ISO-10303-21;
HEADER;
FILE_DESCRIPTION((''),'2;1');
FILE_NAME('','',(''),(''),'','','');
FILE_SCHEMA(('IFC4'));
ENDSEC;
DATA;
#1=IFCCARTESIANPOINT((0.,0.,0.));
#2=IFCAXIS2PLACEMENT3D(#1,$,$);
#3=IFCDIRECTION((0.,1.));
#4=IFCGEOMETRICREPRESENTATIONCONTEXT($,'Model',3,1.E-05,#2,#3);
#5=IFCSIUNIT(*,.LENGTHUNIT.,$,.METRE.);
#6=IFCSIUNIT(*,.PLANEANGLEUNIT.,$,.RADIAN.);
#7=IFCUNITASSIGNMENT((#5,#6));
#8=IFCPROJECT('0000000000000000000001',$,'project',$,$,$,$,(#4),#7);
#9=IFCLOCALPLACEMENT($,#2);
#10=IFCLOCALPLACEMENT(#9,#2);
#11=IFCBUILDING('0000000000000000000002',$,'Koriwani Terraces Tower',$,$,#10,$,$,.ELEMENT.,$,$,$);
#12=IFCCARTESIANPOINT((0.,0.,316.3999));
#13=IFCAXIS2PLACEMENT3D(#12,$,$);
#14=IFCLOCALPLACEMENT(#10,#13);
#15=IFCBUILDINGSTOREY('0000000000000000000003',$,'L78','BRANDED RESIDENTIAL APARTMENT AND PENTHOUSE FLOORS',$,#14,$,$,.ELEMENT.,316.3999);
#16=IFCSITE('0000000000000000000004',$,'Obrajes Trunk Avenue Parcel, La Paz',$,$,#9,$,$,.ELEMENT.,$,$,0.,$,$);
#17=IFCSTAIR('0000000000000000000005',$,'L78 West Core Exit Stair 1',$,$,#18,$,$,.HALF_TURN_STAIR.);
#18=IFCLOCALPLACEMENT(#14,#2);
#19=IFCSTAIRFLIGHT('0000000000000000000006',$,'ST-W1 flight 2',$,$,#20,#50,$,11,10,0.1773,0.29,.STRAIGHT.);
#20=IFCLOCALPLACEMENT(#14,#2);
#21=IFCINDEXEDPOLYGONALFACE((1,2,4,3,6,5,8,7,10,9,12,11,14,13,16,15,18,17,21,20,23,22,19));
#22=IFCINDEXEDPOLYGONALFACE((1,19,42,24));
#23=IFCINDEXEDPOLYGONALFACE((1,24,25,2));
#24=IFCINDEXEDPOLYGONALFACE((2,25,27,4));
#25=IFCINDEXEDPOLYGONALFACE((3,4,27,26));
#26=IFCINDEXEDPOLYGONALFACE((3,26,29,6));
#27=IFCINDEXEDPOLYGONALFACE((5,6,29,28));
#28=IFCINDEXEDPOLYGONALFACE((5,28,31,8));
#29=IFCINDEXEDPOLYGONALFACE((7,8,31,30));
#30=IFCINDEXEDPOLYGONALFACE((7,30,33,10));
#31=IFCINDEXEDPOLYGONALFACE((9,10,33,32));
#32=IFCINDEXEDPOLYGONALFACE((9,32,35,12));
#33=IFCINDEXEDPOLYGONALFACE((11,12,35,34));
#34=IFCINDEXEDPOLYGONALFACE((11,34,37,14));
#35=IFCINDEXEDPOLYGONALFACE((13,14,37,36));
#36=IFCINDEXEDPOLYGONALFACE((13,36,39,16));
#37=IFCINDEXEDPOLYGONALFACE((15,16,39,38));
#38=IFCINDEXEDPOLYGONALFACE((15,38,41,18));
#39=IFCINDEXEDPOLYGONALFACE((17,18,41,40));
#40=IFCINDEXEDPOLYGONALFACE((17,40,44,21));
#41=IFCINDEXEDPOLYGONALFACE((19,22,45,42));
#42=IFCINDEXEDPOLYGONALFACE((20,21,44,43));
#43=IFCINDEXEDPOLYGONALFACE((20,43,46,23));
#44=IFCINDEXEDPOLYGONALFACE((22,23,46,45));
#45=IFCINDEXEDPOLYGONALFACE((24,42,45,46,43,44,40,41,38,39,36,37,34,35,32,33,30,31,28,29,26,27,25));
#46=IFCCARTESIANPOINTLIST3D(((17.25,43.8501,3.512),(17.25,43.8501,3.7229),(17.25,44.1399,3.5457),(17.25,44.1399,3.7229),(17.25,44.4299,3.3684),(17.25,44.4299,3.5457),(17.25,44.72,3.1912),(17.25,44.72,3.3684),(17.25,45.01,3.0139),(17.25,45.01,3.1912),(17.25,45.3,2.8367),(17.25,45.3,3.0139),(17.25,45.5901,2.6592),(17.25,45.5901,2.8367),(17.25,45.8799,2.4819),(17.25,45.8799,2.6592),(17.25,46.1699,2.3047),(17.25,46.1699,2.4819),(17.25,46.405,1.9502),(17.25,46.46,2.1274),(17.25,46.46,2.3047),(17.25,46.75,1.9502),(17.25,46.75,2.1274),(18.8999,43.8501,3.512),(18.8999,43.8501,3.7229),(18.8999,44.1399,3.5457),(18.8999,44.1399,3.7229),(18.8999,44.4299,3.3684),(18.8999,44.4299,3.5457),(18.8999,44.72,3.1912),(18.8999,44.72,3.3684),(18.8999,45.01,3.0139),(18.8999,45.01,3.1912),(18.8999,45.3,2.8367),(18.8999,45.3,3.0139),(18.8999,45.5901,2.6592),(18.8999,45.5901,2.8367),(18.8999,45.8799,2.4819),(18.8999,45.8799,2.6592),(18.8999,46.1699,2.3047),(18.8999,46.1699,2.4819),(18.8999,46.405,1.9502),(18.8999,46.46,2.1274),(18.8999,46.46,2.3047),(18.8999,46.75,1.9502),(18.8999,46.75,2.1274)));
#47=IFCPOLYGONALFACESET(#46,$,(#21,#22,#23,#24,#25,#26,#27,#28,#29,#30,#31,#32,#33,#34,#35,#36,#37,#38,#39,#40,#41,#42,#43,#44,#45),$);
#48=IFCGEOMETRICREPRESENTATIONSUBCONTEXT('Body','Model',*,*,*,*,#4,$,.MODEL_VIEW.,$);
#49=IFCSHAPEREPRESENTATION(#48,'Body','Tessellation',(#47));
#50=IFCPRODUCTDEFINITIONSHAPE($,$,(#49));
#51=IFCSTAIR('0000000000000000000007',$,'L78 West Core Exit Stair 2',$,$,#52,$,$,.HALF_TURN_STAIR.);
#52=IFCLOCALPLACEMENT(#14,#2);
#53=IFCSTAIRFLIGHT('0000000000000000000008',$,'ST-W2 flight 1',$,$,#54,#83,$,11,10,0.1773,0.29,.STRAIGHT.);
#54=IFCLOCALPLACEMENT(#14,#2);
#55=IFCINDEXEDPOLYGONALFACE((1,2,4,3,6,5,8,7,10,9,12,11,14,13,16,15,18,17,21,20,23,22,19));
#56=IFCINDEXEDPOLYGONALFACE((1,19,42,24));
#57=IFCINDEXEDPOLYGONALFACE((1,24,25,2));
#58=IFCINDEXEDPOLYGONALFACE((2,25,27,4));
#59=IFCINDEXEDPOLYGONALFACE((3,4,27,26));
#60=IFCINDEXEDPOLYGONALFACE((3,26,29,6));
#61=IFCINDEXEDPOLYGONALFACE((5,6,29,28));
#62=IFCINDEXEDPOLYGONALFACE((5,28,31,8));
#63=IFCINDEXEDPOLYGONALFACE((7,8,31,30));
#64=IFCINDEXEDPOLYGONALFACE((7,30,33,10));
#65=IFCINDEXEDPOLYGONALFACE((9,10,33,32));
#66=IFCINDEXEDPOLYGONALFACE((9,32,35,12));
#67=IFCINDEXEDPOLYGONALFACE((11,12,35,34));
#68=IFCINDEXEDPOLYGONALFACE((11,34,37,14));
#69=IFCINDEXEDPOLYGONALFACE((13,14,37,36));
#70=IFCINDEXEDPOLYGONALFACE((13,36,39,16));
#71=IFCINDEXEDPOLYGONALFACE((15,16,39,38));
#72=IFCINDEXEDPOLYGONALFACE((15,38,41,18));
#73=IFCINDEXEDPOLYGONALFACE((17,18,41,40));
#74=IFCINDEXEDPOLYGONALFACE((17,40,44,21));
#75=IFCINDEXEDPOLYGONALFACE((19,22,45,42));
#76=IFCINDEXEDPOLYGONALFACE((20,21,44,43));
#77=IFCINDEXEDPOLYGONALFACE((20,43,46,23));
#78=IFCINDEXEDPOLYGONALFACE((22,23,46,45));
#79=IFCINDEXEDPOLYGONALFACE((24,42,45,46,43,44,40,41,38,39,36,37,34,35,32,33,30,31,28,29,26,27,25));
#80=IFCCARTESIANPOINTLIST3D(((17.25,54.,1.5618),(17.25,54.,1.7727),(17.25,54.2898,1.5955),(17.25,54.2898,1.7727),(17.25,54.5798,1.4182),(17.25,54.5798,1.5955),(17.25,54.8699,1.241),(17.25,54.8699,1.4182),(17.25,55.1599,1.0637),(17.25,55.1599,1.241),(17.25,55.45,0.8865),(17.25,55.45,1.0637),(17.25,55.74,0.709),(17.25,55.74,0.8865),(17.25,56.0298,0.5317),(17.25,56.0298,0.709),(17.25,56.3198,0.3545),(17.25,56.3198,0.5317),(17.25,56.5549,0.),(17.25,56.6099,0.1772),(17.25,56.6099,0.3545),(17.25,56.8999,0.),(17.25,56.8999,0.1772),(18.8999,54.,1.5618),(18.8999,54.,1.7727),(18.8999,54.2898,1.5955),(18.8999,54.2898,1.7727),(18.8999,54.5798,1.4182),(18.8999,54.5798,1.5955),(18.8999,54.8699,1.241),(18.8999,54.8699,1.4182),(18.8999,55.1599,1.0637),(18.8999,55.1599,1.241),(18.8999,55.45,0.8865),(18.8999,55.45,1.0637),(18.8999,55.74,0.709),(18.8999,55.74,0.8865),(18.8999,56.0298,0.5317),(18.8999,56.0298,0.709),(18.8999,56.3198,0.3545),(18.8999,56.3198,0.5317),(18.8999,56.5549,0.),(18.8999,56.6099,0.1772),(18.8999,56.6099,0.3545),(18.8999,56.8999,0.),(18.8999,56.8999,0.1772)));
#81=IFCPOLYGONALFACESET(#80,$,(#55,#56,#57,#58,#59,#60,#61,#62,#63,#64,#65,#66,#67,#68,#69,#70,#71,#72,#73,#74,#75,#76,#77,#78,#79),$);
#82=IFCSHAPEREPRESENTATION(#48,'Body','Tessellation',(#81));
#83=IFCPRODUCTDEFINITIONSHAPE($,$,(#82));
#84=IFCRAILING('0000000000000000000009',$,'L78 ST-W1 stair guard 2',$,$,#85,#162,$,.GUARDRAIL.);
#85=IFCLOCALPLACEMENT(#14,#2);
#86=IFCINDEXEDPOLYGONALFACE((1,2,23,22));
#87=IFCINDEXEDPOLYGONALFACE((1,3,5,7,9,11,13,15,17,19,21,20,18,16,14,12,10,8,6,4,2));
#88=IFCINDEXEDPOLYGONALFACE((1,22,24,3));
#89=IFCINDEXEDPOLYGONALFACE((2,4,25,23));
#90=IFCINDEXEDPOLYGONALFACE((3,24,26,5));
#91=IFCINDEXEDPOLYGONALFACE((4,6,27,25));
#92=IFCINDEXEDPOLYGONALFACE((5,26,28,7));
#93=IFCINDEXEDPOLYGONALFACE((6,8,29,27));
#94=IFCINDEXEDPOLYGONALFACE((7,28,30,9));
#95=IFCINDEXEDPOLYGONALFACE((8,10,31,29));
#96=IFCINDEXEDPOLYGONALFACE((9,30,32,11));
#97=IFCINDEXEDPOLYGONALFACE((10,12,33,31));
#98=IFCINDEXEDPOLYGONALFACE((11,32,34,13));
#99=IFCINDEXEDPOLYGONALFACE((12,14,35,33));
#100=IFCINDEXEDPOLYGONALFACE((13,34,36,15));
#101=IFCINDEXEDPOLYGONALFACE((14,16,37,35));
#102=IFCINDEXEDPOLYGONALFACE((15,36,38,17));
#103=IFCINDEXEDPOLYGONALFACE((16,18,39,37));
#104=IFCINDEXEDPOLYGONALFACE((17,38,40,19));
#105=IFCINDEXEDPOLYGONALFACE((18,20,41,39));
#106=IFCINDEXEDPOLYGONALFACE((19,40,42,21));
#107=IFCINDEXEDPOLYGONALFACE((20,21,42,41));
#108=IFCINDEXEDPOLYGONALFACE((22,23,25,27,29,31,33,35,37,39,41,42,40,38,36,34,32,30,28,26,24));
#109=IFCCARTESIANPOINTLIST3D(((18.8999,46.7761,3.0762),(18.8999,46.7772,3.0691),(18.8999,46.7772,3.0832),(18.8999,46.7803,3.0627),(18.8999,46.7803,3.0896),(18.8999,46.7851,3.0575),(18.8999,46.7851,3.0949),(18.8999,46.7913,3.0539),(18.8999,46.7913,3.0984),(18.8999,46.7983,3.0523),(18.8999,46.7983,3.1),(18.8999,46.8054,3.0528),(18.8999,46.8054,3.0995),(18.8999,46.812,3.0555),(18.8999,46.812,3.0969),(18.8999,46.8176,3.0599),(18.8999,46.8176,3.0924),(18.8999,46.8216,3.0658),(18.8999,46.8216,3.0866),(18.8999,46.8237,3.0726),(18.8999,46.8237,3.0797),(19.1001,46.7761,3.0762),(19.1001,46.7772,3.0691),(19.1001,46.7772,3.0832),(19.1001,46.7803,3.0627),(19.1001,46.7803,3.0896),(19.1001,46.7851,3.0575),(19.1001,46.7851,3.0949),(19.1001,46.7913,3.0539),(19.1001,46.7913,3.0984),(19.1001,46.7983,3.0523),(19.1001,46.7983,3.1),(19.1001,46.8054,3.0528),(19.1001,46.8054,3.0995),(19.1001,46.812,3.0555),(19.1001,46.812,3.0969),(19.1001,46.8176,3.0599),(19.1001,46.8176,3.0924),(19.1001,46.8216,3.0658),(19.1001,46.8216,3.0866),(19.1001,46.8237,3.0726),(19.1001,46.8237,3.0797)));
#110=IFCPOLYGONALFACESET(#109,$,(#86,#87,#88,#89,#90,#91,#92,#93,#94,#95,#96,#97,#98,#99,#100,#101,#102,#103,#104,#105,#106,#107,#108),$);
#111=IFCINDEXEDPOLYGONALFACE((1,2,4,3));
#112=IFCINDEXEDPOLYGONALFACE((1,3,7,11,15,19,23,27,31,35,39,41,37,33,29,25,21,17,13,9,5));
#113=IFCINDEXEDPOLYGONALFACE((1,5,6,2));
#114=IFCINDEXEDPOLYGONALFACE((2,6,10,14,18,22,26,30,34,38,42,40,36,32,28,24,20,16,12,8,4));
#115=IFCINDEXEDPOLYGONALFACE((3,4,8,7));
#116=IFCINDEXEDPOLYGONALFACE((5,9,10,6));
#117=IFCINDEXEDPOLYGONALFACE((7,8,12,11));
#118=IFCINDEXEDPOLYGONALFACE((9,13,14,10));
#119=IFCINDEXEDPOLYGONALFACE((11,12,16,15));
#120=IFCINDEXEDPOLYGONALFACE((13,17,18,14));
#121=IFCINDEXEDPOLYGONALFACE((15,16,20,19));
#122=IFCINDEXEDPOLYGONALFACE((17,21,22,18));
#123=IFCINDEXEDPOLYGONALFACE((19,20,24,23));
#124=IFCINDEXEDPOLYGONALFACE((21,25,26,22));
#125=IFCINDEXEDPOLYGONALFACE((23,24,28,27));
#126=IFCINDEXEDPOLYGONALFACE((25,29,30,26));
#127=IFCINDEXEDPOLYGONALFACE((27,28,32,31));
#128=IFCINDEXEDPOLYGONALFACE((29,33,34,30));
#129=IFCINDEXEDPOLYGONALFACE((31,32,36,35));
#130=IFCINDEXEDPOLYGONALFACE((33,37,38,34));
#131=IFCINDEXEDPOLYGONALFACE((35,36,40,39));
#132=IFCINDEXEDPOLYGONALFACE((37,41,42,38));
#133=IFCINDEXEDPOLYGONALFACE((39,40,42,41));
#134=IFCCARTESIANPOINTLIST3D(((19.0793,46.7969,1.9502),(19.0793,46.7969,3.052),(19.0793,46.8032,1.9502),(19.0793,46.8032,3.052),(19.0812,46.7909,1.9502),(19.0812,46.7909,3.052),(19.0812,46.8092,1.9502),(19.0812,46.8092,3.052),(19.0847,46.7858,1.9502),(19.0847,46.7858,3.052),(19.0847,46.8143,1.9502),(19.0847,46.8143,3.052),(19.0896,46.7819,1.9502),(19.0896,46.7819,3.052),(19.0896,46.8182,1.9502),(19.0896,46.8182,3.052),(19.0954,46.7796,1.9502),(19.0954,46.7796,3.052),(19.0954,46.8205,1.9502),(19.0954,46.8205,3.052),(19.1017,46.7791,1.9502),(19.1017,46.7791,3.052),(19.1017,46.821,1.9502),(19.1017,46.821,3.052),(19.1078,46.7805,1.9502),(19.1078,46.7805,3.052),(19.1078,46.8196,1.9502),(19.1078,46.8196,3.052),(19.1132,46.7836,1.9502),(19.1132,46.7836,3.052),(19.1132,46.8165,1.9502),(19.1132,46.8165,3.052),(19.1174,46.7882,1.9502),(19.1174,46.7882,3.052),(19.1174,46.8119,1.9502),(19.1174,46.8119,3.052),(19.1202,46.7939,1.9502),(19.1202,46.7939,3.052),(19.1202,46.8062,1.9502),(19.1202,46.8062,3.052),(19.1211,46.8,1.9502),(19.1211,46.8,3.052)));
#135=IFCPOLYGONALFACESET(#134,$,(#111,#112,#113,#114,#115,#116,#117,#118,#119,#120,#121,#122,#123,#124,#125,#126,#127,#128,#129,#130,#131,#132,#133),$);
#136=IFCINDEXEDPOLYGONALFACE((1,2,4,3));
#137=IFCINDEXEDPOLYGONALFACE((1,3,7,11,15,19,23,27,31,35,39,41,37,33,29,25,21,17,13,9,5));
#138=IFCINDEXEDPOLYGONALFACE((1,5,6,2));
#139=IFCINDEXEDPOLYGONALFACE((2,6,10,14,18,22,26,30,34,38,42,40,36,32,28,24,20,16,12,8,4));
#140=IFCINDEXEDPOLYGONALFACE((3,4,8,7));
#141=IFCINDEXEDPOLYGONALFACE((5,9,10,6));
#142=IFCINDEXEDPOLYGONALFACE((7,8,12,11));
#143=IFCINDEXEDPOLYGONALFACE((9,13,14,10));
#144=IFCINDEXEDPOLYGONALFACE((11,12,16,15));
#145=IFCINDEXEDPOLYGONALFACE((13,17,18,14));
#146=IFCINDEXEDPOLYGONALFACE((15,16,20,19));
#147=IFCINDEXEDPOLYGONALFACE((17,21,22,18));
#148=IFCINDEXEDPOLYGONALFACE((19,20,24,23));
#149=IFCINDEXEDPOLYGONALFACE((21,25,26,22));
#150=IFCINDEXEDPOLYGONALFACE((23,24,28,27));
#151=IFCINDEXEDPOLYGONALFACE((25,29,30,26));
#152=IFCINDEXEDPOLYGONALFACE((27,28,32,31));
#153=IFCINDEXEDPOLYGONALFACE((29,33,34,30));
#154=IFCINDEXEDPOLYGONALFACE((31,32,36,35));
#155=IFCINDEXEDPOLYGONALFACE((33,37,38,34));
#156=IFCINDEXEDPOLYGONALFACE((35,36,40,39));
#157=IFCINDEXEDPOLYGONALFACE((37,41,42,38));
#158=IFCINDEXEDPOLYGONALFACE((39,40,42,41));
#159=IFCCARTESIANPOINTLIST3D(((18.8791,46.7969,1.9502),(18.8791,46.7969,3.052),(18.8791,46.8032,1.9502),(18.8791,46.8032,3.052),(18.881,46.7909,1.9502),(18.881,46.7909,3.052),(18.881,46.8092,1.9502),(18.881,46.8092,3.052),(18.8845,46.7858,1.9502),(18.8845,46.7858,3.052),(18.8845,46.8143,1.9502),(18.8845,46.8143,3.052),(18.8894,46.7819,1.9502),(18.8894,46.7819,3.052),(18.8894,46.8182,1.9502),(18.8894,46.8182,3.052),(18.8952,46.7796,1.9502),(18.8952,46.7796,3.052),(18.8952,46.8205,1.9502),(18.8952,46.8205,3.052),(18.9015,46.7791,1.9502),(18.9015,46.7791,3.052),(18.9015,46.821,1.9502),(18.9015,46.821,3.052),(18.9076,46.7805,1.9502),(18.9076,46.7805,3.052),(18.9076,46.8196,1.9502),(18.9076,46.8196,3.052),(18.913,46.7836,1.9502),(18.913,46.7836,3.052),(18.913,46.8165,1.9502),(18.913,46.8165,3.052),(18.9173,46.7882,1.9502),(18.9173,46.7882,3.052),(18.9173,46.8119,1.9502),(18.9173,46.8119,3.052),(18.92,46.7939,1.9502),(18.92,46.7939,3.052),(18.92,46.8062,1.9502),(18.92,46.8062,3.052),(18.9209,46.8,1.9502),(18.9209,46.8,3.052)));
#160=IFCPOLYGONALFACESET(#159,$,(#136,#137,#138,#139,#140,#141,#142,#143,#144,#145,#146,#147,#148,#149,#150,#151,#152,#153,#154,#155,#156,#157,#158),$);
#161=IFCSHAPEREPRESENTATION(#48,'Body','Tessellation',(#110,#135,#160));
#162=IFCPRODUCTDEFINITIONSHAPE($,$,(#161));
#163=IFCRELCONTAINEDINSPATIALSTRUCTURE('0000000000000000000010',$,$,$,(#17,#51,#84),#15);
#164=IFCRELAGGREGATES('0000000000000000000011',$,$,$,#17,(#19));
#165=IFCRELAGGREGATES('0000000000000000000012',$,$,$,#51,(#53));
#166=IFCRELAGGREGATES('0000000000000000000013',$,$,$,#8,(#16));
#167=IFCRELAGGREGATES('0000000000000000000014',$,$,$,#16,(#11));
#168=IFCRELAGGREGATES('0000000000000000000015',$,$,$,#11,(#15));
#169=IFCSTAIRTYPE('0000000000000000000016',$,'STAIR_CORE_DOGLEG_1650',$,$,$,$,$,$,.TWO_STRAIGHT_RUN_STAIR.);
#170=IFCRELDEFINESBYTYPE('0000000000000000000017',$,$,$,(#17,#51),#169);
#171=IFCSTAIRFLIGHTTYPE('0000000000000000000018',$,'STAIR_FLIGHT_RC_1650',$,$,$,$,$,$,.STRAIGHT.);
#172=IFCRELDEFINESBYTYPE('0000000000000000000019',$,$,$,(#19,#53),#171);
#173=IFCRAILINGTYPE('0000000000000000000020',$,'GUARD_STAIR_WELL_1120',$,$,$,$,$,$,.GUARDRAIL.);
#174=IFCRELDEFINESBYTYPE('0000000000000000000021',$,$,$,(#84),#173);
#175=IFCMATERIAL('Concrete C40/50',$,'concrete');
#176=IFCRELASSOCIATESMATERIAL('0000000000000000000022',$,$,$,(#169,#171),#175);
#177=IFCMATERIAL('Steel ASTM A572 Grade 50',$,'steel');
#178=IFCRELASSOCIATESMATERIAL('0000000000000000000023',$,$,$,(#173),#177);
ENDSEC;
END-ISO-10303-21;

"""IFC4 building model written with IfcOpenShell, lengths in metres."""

from ifc_helpers import new_model, si_unit, direction, frame, origin, origin_2d, place, context, subcontext, project, spatial, polyline, circle, outline, extrude, material, type_object, element, aggregate, save


model = new_model("IFC4")

# Units and contexts
model_context = context("Model", 3, precision=1e-05, world=origin(), true_north=direction((0.0, 1.0)))
body_context = subcontext(model_context, "Body", "Model", "MODEL_VIEW")
ifc_project = project(units=[si_unit("LENGTHUNIT", "METRE"), si_unit("PLANEANGLEUNIT", "RADIAN")], contexts=[model_context])

# Site, building, storey
site_placement = place(None, origin())
site = spatial("IfcSite", under=ifc_project, at=site_placement, Name="Obrajes Trunk Avenue Parcel, La Paz", CompositionType="ELEMENT", RefElevation=0.0)
building_placement = place(site_placement, origin())
building = spatial("IfcBuilding", under=site, at=building_placement, Name="Koriwani Terraces Tower", CompositionType="ELEMENT")
storey_placement = place(building_placement, frame((0.0, 0.0, 316.3999)))
storey = spatial("IfcBuildingStorey", under=building, at=storey_placement, Name="L78", Description="BRANDED RESIDENTIAL APARTMENT AND PENTHOUSE FLOORS", CompositionType="ELEMENT", Elevation=316.3999)

# Shared definitions
ifc_material_1 = material(Name="Concrete C40/50", Category="concrete")

# Shared definitions
ifc_material_2 = material(Name="Steel ASTM A572 Grade 50", Category="steel")

# Stairs, stair flights
stair_type = type_object("IfcStairType", Name="STAIR_CORE_DOGLEG_1650", PredefinedType="TWO_STRAIGHT_RUN_STAIR", material=ifc_material_1)
stair_1_placement = place(storey_placement, origin())
stair_1 = element("IfcStair", 1, at=stair_1_placement, inside=storey, type_object=stair_type, Name="L78 West Core Exit Stair 1", PredefinedType="HALF_TURN_STAIR")
stair_flight_type = type_object("IfcStairFlightType", Name="STAIR_FLIGHT_RC_1650", PredefinedType="STRAIGHT", material=ifc_material_1)
stair_flight_1_placement = place(storey_placement, frame((18.075, 46.75, 1.9502), z_axis=(0.0, 0.0, 1.0), x_axis=(0.0, -1.0, 0.0)))
stair_flight_1 = element("IfcStairFlight", 2, at=stair_flight_1_placement, type_object=stair_flight_type, Name="ST-W1 flight 2", NumberOfRisers=11, NumberOfTreads=10, PredefinedType="STRAIGHT", RiserHeight=0.1773, TreadLength=0.29, context=body_context, shape_type="SweptSolid", body=[
    extrude(outline(polyline([(0.0, 0.0), (0.0, 0.1772), (0.29, 0.1772), (0.29, 0.3545), (0.5801, 0.3545), (0.5801, 0.5317), (0.8701, 0.5317), (0.8701, 0.709), (1.1599, 0.709), (1.1599, 0.8865), (1.45, 0.8865), (1.45, 1.0637), (1.74, 1.0637), (1.74, 1.241), (2.03, 1.241), (2.03, 1.4182), (2.3201, 1.4182), (2.3201, 1.5955), (2.6101, 1.5955), (2.6101, 1.7727), (2.8999, 1.7727), (2.8999, 1.95), (2.8999, 1.5618), (0.345, 0.0), (0.0, 0.0)])), frame((0.0, 0.825, 0.0), z_axis=(0.0, -1.0, 0.0), x_axis=(1.0, 0.0, 0.0)), (0.0, 0.0, 1.0), 1.6499),
])
aggregate(stair_1, [stair_flight_1])
stair_2_placement = place(storey_placement, origin())
stair_2 = element("IfcStair", 3, at=stair_2_placement, inside=storey, type_object=stair_type, Name="L78 West Core Exit Stair 2", PredefinedType="HALF_TURN_STAIR")
stair_flight_2_placement = place(storey_placement, frame((18.075, 56.8999, 0.0), z_axis=(0.0, 0.0, 1.0), x_axis=(0.0, -1.0, 0.0)))
stair_flight_2 = element("IfcStairFlight", 4, at=stair_flight_2_placement, type_object=stair_flight_type, Name="ST-W2 flight 1", NumberOfRisers=11, NumberOfTreads=10, PredefinedType="STRAIGHT", RiserHeight=0.1773, TreadLength=0.29, context=body_context, shape_type="SweptSolid", body=[
    extrude(outline(polyline([(0.0, 0.0), (0.0, 0.1772), (0.29, 0.1772), (0.29, 0.3545), (0.5801, 0.3545), (0.5801, 0.5317), (0.8701, 0.5317), (0.8701, 0.709), (1.1599, 0.709), (1.1599, 0.8865), (1.45, 0.8865), (1.45, 1.0637), (1.74, 1.0637), (1.74, 1.241), (2.03, 1.241), (2.03, 1.4182), (2.3201, 1.4182), (2.3201, 1.5955), (2.6101, 1.5955), (2.6101, 1.7727), (2.8999, 1.7727), (2.8999, 1.95), (2.8999, 1.5618), (0.345, 0.0), (0.0, 0.0)])), frame((0.0, 0.825, 0.0), z_axis=(0.0, -1.0, 0.0), x_axis=(1.0, 0.0, 0.0)), (0.0, 0.0, 1.0), 1.6499),
])
aggregate(stair_2, [stair_flight_2])

# Railing
railing_type_1 = type_object("IfcRailingType", Name="GUARD_STAIR_WELL_1120", PredefinedType="GUARDRAIL", material=ifc_material_2)
railing_1_placement = place(storey_placement, frame((19.1001, 46.8, 1.9502)))
element("IfcRailing", 5, at=railing_1_placement, inside=storey, type_object=railing_type_1, Name="L78 ST-W1 stair guard 2", PredefinedType="GUARDRAIL", context=body_context, shape_type="SweptSolid", body=[
    extrude(circle(Radius=0.0239, at=origin_2d()), frame((0.0, 0.0, 1.126), z_axis=(-1.0, 0.0, 0.0), x_axis=(0.0, -1.0, 0.0)), (0.0, 0.0, 1.0), 0.2002),
    extrude(circle(Radius=0.021, at=origin_2d()), origin(), (0.0, 0.0, 1.0), 1.1018),
    extrude(circle(Radius=0.021, at=origin_2d()), frame((-0.2002, 0.0, 0.0)), (0.0, 0.0, 1.0), 1.1018),
])

save(model, "model.ifc")
